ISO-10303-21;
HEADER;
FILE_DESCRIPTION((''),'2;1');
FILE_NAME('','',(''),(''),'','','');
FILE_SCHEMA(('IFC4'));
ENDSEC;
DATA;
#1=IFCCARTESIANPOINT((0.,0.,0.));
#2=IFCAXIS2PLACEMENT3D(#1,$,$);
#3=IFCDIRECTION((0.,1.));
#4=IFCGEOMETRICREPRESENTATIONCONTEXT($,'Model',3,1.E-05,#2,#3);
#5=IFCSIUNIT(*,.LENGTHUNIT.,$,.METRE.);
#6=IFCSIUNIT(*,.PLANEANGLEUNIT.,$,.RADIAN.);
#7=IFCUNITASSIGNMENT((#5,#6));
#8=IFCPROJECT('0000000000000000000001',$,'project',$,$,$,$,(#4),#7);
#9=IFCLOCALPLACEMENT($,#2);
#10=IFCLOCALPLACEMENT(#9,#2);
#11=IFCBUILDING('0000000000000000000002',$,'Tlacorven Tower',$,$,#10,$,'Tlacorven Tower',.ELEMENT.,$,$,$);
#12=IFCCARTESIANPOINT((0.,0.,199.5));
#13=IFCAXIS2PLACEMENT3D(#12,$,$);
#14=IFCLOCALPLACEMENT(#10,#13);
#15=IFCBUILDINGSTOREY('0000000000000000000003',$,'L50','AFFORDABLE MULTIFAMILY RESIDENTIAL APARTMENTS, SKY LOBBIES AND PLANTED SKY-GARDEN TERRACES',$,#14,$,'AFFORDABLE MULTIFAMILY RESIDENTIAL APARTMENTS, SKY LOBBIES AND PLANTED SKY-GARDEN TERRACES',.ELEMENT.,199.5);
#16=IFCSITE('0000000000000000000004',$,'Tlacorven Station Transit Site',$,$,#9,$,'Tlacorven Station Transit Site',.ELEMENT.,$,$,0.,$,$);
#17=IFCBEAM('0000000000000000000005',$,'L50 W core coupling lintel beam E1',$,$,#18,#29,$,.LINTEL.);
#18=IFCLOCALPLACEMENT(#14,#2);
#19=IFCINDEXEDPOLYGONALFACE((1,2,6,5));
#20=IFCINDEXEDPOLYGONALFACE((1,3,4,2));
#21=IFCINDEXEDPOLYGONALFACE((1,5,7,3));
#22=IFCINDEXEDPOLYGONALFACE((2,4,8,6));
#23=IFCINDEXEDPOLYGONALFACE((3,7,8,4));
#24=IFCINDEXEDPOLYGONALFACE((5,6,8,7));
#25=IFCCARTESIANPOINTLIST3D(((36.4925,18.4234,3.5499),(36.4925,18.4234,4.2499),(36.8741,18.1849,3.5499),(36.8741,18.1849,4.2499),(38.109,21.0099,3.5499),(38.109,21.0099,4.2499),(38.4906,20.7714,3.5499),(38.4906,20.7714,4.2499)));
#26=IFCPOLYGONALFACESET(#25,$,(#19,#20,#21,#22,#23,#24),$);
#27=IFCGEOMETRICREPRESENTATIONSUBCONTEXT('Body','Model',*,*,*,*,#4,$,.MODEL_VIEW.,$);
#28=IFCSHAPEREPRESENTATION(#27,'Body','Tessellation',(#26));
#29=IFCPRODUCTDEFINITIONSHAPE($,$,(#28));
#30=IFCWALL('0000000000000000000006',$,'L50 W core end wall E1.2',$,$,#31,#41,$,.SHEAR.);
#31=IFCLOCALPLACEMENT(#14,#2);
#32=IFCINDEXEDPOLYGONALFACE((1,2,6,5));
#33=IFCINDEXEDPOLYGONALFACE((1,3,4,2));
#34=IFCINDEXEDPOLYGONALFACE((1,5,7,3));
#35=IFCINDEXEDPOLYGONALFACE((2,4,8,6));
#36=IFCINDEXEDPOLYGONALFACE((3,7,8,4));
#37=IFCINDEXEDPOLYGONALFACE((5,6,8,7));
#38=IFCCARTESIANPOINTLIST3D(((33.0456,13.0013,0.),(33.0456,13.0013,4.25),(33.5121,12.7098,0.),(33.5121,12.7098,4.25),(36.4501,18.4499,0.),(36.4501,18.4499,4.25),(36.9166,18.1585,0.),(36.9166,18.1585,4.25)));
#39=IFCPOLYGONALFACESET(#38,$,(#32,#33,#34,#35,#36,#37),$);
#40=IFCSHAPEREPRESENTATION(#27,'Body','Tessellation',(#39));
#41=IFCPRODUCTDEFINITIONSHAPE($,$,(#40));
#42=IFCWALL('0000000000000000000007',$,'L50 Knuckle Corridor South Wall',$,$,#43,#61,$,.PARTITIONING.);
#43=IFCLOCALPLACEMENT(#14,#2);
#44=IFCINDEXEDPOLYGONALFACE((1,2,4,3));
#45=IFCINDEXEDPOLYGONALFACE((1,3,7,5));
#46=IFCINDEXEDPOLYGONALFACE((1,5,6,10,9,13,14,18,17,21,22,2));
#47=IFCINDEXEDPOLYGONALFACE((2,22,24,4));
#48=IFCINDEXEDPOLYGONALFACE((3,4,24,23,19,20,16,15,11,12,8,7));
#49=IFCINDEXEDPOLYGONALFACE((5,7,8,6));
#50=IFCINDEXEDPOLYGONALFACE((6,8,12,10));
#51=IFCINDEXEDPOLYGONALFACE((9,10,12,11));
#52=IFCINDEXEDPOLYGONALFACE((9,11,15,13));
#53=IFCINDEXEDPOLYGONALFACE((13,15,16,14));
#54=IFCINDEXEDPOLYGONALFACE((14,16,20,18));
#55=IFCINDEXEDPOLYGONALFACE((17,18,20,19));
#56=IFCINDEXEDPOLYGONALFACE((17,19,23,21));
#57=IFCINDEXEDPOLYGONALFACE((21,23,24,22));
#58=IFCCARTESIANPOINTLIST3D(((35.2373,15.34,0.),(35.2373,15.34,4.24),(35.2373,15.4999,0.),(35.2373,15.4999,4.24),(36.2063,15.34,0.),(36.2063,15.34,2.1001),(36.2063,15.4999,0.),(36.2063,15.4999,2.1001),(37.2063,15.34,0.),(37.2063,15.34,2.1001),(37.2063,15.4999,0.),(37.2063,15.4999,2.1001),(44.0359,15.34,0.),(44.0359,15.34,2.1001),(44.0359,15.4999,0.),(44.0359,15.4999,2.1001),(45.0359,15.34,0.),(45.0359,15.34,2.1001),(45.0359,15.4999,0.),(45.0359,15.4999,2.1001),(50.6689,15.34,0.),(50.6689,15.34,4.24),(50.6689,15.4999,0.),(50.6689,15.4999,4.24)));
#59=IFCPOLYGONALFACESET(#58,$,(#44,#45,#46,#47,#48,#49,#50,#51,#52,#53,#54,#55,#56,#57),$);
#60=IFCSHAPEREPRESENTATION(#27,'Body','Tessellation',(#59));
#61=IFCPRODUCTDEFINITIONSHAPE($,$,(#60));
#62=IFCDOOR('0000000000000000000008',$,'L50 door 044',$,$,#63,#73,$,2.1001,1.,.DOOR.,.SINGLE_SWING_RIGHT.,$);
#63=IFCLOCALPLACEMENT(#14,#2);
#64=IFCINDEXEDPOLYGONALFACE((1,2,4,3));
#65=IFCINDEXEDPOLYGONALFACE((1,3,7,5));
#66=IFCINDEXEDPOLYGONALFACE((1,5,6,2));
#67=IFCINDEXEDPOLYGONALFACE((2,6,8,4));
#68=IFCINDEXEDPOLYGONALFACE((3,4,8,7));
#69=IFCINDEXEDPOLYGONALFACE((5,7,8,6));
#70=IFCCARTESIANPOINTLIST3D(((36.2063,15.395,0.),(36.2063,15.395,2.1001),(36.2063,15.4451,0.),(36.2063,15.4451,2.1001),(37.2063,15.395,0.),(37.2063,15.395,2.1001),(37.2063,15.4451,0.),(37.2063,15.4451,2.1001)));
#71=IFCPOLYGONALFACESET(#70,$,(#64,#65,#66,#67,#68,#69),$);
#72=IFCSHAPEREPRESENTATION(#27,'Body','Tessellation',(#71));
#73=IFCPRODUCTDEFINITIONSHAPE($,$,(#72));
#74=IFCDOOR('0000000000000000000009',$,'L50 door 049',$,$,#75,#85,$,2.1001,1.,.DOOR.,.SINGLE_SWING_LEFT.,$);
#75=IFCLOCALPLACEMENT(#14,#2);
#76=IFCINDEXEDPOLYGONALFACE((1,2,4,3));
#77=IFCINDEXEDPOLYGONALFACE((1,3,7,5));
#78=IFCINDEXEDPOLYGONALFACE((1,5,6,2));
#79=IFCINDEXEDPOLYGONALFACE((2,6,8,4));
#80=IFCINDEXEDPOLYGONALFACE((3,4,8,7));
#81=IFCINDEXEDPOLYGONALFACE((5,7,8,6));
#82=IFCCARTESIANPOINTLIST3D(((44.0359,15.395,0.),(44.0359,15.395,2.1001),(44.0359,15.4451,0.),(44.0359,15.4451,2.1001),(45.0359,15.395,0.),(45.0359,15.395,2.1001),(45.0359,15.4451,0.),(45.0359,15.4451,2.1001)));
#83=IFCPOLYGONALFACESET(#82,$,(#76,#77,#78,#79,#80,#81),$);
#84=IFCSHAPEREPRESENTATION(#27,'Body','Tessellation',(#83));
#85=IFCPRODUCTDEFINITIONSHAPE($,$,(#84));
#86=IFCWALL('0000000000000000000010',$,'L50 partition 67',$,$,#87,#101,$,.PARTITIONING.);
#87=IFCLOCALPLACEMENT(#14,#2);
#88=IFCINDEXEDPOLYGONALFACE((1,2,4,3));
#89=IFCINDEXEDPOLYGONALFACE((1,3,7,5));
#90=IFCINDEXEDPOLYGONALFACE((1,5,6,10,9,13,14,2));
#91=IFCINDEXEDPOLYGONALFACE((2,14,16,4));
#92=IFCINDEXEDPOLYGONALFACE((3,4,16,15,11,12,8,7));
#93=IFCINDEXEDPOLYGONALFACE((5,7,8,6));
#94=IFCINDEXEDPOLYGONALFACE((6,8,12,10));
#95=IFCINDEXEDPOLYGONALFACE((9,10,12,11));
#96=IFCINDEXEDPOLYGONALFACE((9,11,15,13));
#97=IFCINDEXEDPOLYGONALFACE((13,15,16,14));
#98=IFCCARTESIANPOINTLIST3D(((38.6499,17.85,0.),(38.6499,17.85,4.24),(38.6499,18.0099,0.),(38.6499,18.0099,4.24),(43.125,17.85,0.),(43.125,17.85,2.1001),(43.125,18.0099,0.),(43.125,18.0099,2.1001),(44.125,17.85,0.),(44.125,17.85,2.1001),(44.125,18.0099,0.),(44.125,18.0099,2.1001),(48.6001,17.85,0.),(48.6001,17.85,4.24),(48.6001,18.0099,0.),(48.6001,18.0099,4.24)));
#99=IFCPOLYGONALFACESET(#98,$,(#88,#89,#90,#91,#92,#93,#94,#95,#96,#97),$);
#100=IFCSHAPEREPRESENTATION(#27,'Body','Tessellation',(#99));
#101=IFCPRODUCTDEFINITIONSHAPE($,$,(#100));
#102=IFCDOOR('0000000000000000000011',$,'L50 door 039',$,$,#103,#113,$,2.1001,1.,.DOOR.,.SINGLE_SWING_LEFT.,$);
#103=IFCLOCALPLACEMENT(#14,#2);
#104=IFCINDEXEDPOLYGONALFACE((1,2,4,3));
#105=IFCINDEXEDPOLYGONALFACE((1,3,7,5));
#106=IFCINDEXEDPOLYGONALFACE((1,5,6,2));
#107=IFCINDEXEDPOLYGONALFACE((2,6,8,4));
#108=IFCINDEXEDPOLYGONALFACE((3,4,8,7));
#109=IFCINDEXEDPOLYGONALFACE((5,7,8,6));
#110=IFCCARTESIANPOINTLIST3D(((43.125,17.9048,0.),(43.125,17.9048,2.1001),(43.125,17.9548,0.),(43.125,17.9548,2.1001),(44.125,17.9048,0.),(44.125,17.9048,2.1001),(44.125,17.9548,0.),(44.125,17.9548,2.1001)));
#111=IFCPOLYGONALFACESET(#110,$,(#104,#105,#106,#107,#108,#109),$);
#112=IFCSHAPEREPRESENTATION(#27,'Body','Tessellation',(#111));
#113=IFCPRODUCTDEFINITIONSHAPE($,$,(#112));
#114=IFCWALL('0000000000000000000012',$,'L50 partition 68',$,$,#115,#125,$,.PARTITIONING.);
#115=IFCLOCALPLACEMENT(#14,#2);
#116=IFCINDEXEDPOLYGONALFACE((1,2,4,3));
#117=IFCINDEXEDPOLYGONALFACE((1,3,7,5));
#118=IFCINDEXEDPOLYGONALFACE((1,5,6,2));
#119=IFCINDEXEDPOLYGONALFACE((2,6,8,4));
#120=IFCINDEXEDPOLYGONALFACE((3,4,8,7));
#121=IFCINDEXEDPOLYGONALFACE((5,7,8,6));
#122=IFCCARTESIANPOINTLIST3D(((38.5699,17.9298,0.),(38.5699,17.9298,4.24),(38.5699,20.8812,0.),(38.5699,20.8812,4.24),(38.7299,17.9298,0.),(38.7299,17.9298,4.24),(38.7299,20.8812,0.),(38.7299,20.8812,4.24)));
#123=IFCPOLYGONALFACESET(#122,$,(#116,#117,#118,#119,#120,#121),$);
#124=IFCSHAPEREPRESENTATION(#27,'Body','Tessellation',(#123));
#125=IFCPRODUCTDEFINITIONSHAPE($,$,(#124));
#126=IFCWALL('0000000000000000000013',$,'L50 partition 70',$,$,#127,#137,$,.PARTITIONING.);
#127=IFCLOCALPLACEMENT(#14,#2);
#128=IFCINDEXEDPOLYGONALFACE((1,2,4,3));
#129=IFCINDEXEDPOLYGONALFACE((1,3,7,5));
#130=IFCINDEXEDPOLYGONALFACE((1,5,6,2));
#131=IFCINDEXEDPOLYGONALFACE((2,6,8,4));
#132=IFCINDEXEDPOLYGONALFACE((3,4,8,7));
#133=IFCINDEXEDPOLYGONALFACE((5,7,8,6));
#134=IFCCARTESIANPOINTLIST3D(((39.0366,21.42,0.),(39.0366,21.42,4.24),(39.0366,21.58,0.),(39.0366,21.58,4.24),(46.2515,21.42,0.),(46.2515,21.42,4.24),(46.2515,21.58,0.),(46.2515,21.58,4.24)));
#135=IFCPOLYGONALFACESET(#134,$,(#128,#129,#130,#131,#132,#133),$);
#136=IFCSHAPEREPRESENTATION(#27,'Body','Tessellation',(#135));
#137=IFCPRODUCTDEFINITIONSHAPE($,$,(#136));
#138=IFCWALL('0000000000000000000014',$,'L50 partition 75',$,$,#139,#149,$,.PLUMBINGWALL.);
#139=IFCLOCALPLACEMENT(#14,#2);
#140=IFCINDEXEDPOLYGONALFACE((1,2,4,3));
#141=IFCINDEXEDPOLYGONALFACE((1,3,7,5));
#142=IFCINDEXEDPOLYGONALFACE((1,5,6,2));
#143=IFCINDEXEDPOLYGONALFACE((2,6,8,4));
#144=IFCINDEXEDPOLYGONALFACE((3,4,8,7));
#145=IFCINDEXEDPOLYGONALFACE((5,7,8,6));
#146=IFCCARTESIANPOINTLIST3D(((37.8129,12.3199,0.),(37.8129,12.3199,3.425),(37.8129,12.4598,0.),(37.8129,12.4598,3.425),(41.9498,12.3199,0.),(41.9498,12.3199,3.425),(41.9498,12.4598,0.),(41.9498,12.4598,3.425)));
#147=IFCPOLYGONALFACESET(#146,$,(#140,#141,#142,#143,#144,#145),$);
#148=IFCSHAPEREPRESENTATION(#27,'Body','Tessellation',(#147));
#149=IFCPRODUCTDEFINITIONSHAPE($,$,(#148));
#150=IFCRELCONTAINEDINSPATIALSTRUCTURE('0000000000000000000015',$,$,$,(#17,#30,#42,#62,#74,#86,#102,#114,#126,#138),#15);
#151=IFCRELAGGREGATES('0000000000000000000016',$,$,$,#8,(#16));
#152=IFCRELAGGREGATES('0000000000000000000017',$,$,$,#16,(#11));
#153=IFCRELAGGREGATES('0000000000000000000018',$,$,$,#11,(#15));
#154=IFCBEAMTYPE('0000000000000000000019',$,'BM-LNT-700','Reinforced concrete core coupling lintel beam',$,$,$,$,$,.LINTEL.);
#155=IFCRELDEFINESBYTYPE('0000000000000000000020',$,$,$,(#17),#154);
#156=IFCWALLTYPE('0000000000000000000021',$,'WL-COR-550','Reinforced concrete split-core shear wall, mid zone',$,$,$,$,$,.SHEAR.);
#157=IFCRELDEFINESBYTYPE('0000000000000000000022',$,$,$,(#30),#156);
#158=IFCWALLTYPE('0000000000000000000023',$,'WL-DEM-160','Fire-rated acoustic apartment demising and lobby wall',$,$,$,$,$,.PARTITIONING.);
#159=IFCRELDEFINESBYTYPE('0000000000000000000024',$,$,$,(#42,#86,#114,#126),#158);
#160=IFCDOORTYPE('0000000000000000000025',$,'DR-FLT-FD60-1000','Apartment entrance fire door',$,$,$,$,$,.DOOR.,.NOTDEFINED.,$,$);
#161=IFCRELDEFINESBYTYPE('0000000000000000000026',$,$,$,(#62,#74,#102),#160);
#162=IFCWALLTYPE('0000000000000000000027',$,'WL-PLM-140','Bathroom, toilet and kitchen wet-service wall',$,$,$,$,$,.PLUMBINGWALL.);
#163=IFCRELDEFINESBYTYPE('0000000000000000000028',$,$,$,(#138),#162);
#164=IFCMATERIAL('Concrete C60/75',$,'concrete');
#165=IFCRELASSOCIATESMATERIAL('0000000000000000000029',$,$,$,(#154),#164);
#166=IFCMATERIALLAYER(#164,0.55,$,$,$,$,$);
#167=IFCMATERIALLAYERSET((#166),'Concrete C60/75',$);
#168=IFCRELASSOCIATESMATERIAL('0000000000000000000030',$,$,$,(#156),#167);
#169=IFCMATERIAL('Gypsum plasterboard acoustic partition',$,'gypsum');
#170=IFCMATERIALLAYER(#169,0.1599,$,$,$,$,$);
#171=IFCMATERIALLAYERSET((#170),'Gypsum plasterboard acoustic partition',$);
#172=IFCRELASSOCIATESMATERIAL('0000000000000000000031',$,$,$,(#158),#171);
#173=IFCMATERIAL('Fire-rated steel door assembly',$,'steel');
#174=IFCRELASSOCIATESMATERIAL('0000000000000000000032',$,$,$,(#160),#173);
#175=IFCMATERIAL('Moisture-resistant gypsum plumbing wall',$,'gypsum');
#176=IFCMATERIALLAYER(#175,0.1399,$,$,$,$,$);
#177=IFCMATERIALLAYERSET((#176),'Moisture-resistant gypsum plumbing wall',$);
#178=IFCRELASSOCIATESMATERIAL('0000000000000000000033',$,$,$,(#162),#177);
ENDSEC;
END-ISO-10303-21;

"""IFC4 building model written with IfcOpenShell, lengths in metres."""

from ifc_helpers import new_model, si_unit, direction, frame, frame_2d, origin, origin_2d, place, context, subcontext, project, spatial, rectangle, extrude, source, transform, mapped, material, layer, layer_set, material_profile, profile_set, type_object, element, fill, save


model = new_model("IFC4")

# Units and contexts
model_context = context("Model", 3, precision=1e-05, world=origin(), true_north=direction((0.0, 1.0)))
body_context = subcontext(model_context, "Body", "Model", "MODEL_VIEW")
ifc_project = project(units=[si_unit("LENGTHUNIT", "METRE"), si_unit("PLANEANGLEUNIT", "RADIAN")], contexts=[model_context])

# Site, building, storey
site_placement = place(None, origin())
site = spatial("IfcSite", under=ifc_project, at=site_placement, Name="Tlacorven Station Transit Site", LongName="Tlacorven Station Transit Site", CompositionType="ELEMENT", RefElevation=0.0)
building_placement = place(site_placement, origin())
building = spatial("IfcBuilding", under=site, at=building_placement, Name="Tlacorven Tower", LongName="Tlacorven Tower", CompositionType="ELEMENT")
storey_placement = place(building_placement, frame((0.0, 0.0, 199.5)))
storey = spatial("IfcBuildingStorey", under=building, at=storey_placement, Name="L50", Description="AFFORDABLE MULTIFAMILY RESIDENTIAL APARTMENTS, SKY LOBBIES AND PLANTED SKY-GARDEN TERRACES", LongName="AFFORDABLE MULTIFAMILY RESIDENTIAL APARTMENTS, SKY LOBBIES AND PLANTED SKY-GARDEN TERRACES", CompositionType="ELEMENT", Elevation=199.5)

# Beam
ifc_material_1 = material(Name="Concrete C60/75", Category="concrete")
ifc_material_profile = material_profile(ifc_material_1, rectangle(XDim=0.45, YDim=0.7, at=origin_2d()), Name="RC 450X700")
ifc_profile_set = profile_set([ifc_material_profile], Name="Concrete C60/75")
beam_type = type_object("IfcBeamType", Name="BM-LNT-700", Description="Reinforced concrete core coupling lintel beam", PredefinedType="LINTEL", material=ifc_profile_set)
shared_shape_1 = source(origin(), body_context, "Body", "SweptSolid", [
    extrude(rectangle(XDim=0.45, YDim=0.7, at=origin_2d()), origin(), (0.0, 0.0, 1.0), 3.05),
])
beam_placement = place(storey_placement, frame((38.2998, 20.8906, 3.8999), z_axis=(-0.529985, -0.848007, 0.0), x_axis=(0.848007, -0.529985, 0.0)))
element("IfcBeam", 1, at=beam_placement, inside=storey, type_object=beam_type, Name="L50 W core coupling lintel beam E1", PredefinedType="LINTEL", context=body_context, shape_type="MappedRepresentation", body=[
    mapped(shared_shape_1, transform((0.0, 0.0, 0.0), scale=1.0)),
])

# Wall
ifc_layer_1 = layer(ifc_material_1, 0.55)
ifc_layer_set_1 = layer_set([ifc_layer_1], Name="Concrete C60/75")
wall_type_1 = type_object("IfcWallType", Name="WL-COR-550", Description="Reinforced concrete split-core shear wall, mid zone", PredefinedType="SHEAR", material=ifc_layer_set_1)
wall_1_placement = place(storey_placement, frame((36.6833, 18.3042, 0.0), z_axis=(0.0, 0.0, 1.0), x_axis=(-0.529896, -0.848062, 0.0)))
element("IfcWall", 2, at=wall_1_placement, inside=storey, type_object=wall_type_1, Name="L50 W core end wall E1.2", PredefinedType="SHEAR", context=body_context, shape_type="SweptSolid", body=[
    extrude(rectangle(XDim=6.4248, YDim=0.55, at=frame_2d((3.2124, 0.0))), origin(), (0.0, 0.0, 1.0), 4.25),
])

# Wall, openings, doors
ifc_material_2 = material(Name="Gypsum plasterboard acoustic partition", Category="gypsum")
ifc_layer_2 = layer(ifc_material_2, 0.1599)
ifc_layer_set_2 = layer_set([ifc_layer_2], Name="Gypsum plasterboard acoustic partition")
wall_type_2 = type_object("IfcWallType", Name="WL-DEM-160", Description="Fire-rated acoustic apartment demising and lobby wall", PredefinedType="PARTITIONING", material=ifc_layer_set_2)
wall_2_placement = place(storey_placement, frame((35.2373, 15.4199, 0.0), z_axis=(0.0, 0.0, 1.0), x_axis=(1.0, 0.0, 0.0)))
wall_2 = element("IfcWall", 3, at=wall_2_placement, inside=storey, type_object=wall_type_2, Name="L50 Knuckle Corridor South Wall", PredefinedType="PARTITIONING", context=body_context, shape_type="SweptSolid", body=[
    extrude(rectangle(XDim=15.4316, YDim=0.1599, at=frame_2d((7.7158, 0.0))), origin(), (0.0, 0.0, 1.0), 4.24),
])
opening_1_placement = place(wall_2_placement, frame((0.969, 0.0, 0.0)))
opening_1 = element("IfcOpeningElement", 4, at=opening_1_placement, cuts=wall_2, PredefinedType="OPENING", context=body_context, shape_type="SweptSolid", body=[
    extrude(rectangle(XDim=1.0, YDim=2.1001, at=frame_2d((0.5, 1.05))), frame((0.0, 0.0898, 0.0), z_axis=(0.0, -1.0, 0.0), x_axis=(1.0, 0.0, 0.0)), (0.0, 0.0, 1.0), 0.1799),
])
opening_2_placement = place(wall_2_placement, frame((8.7986, 0.0, 0.0)))
opening_2 = element("IfcOpeningElement", 5, at=opening_2_placement, cuts=wall_2, PredefinedType="OPENING", context=body_context, shape_type="SweptSolid", body=[
    extrude(rectangle(XDim=1.0, YDim=2.1001, at=frame_2d((0.5, 1.05))), frame((0.0, 0.0898, 0.0), z_axis=(0.0, -1.0, 0.0), x_axis=(1.0, 0.0, 0.0)), (0.0, 0.0, 1.0), 0.1799),
])
ifc_material_3 = material(Name="Fire-rated steel door assembly", Category="steel")
door_type_1 = type_object("IfcDoorType", Name="DR-FLT-FD60-1000", Description="Apartment entrance fire door", OperationType="NOTDEFINED", PredefinedType="DOOR", material=ifc_material_3)
shared_shape_2 = source(origin(), body_context, "Body", "SweptSolid", [
    extrude(rectangle(XDim=1.0, YDim=2.1001, at=frame_2d((0.5, 1.05))), frame((0.0, 0.0249, 0.0), z_axis=(0.0, -1.0, 0.0), x_axis=(1.0, 0.0, 0.0)), (0.0, 0.0, 1.0), 0.05),
])
door_1_placement = place(opening_1_placement, frame((1.0, 0.0, 0.0), z_axis=(0.0, 0.0, 1.0), x_axis=(-1.0, 0.0, 0.0)))
door_1 = element("IfcDoor", 6, at=door_1_placement, inside=storey, type_object=door_type_1, Name="L50 door 044", OperationType="SINGLE_SWING_RIGHT", OverallHeight=2.1001, OverallWidth=1.0, PredefinedType="DOOR", context=body_context, shape_type="MappedRepresentation", body=[
    mapped(shared_shape_2, transform((0.0, 0.0, 0.0), scale=1.0)),
])
fill(opening_1, door_1)
door_2_placement = place(opening_2_placement, frame((1.0, 0.0, 0.0), z_axis=(0.0, 0.0, 1.0), x_axis=(-1.0, 0.0, 0.0)))
door_2 = element("IfcDoor", 7, at=door_2_placement, inside=storey, type_object=door_type_1, Name="L50 door 049", OperationType="SINGLE_SWING_LEFT", OverallHeight=2.1001, OverallWidth=1.0, PredefinedType="DOOR", context=body_context, shape_type="MappedRepresentation", body=[
    mapped(shared_shape_2, transform((0.0, 0.0, 0.0), scale=1.0)),
])
fill(opening_2, door_2)

# Wall, opening, door
wall_3_placement = place(storey_placement, frame((38.6499, 17.9299, 0.0), z_axis=(0.0, 0.0, 1.0), x_axis=(1.0, 0.0, 0.0)))
wall_3 = element("IfcWall", 8, at=wall_3_placement, inside=storey, type_object=wall_type_2, Name="L50 partition 67", PredefinedType="PARTITIONING", context=body_context, shape_type="SweptSolid", body=[
    extrude(rectangle(XDim=9.9502, YDim=0.1599, at=frame_2d((4.9751, 0.0))), origin(), (0.0, 0.0, 1.0), 4.24),
])
opening_3_placement = place(wall_3_placement, frame((4.4751, 0.0, 0.0)))
opening_3 = element("IfcOpeningElement", 9, at=opening_3_placement, cuts=wall_3, PredefinedType="OPENING", context=body_context, shape_type="SweptSolid", body=[
    extrude(rectangle(XDim=1.0, YDim=2.1001, at=frame_2d((0.5, 1.05))), frame((0.0, 0.0898, 0.0), z_axis=(0.0, -1.0, 0.0), x_axis=(1.0, 0.0, 0.0)), (0.0, 0.0, 1.0), 0.1799),
])
door_3_placement = place(opening_3_placement, origin())
door_3 = element("IfcDoor", 10, at=door_3_placement, inside=storey, type_object=door_type_1, Name="L50 door 039", OperationType="SINGLE_SWING_LEFT", OverallHeight=2.1001, OverallWidth=1.0, PredefinedType="DOOR", context=body_context, shape_type="MappedRepresentation", body=[
    mapped(shared_shape_2, transform((0.0, 0.0, 0.0), scale=1.0)),
])
fill(opening_3, door_3)

# Walls
wall_4_placement = place(storey_placement, frame((38.6499, 17.9299, 0.0), z_axis=(0.0, 0.0, 1.0), x_axis=(0.0, 1.0, 0.0)))
element("IfcWall", 11, at=wall_4_placement, inside=storey, type_object=wall_type_2, Name="L50 partition 68", PredefinedType="PARTITIONING", context=body_context, shape_type="SweptSolid", body=[
    extrude(rectangle(XDim=2.9514, YDim=0.1599, at=frame_2d((1.4756, 0.0))), origin(), (0.0, 0.0, 1.0), 4.24),
])
wall_5_placement = place(storey_placement, frame((39.0366, 21.5, 0.0), z_axis=(0.0, 0.0, 1.0), x_axis=(1.0, 0.0, 0.0)))
element("IfcWall", 12, at=wall_5_placement, inside=storey, type_object=wall_type_2, Name="L50 partition 70", PredefinedType="PARTITIONING", context=body_context, shape_type="SweptSolid", body=[
    extrude(rectangle(XDim=7.2148, YDim=0.1599, at=frame_2d((3.6074, 0.0))), origin(), (0.0, 0.0, 1.0), 4.24),
])
ifc_material_4 = material(Name="Moisture-resistant gypsum plumbing wall", Category="gypsum")
ifc_layer_3 = layer(ifc_material_4, 0.1399)
ifc_layer_set_3 = layer_set([ifc_layer_3], Name="Moisture-resistant gypsum plumbing wall")
wall_type_3 = type_object("IfcWallType", Name="WL-PLM-140", Description="Bathroom, toilet and kitchen wet-service wall", PredefinedType="PLUMBINGWALL", material=ifc_layer_set_3)
wall_6_placement = place(storey_placement, frame((37.813, 12.3899, 0.0), z_axis=(0.0, 0.0, 1.0), x_axis=(1.0, 0.0, 0.0)))
element("IfcWall", 13, at=wall_6_placement, inside=storey, type_object=wall_type_3, Name="L50 partition 75", PredefinedType="PLUMBINGWALL", context=body_context, shape_type="SweptSolid", body=[
    extrude(rectangle(XDim=4.137, YDim=0.1399, at=frame_2d((2.0684, 0.0))), origin(), (0.0, 0.0, 1.0), 3.425),
])

save(model, "model.ifc")
